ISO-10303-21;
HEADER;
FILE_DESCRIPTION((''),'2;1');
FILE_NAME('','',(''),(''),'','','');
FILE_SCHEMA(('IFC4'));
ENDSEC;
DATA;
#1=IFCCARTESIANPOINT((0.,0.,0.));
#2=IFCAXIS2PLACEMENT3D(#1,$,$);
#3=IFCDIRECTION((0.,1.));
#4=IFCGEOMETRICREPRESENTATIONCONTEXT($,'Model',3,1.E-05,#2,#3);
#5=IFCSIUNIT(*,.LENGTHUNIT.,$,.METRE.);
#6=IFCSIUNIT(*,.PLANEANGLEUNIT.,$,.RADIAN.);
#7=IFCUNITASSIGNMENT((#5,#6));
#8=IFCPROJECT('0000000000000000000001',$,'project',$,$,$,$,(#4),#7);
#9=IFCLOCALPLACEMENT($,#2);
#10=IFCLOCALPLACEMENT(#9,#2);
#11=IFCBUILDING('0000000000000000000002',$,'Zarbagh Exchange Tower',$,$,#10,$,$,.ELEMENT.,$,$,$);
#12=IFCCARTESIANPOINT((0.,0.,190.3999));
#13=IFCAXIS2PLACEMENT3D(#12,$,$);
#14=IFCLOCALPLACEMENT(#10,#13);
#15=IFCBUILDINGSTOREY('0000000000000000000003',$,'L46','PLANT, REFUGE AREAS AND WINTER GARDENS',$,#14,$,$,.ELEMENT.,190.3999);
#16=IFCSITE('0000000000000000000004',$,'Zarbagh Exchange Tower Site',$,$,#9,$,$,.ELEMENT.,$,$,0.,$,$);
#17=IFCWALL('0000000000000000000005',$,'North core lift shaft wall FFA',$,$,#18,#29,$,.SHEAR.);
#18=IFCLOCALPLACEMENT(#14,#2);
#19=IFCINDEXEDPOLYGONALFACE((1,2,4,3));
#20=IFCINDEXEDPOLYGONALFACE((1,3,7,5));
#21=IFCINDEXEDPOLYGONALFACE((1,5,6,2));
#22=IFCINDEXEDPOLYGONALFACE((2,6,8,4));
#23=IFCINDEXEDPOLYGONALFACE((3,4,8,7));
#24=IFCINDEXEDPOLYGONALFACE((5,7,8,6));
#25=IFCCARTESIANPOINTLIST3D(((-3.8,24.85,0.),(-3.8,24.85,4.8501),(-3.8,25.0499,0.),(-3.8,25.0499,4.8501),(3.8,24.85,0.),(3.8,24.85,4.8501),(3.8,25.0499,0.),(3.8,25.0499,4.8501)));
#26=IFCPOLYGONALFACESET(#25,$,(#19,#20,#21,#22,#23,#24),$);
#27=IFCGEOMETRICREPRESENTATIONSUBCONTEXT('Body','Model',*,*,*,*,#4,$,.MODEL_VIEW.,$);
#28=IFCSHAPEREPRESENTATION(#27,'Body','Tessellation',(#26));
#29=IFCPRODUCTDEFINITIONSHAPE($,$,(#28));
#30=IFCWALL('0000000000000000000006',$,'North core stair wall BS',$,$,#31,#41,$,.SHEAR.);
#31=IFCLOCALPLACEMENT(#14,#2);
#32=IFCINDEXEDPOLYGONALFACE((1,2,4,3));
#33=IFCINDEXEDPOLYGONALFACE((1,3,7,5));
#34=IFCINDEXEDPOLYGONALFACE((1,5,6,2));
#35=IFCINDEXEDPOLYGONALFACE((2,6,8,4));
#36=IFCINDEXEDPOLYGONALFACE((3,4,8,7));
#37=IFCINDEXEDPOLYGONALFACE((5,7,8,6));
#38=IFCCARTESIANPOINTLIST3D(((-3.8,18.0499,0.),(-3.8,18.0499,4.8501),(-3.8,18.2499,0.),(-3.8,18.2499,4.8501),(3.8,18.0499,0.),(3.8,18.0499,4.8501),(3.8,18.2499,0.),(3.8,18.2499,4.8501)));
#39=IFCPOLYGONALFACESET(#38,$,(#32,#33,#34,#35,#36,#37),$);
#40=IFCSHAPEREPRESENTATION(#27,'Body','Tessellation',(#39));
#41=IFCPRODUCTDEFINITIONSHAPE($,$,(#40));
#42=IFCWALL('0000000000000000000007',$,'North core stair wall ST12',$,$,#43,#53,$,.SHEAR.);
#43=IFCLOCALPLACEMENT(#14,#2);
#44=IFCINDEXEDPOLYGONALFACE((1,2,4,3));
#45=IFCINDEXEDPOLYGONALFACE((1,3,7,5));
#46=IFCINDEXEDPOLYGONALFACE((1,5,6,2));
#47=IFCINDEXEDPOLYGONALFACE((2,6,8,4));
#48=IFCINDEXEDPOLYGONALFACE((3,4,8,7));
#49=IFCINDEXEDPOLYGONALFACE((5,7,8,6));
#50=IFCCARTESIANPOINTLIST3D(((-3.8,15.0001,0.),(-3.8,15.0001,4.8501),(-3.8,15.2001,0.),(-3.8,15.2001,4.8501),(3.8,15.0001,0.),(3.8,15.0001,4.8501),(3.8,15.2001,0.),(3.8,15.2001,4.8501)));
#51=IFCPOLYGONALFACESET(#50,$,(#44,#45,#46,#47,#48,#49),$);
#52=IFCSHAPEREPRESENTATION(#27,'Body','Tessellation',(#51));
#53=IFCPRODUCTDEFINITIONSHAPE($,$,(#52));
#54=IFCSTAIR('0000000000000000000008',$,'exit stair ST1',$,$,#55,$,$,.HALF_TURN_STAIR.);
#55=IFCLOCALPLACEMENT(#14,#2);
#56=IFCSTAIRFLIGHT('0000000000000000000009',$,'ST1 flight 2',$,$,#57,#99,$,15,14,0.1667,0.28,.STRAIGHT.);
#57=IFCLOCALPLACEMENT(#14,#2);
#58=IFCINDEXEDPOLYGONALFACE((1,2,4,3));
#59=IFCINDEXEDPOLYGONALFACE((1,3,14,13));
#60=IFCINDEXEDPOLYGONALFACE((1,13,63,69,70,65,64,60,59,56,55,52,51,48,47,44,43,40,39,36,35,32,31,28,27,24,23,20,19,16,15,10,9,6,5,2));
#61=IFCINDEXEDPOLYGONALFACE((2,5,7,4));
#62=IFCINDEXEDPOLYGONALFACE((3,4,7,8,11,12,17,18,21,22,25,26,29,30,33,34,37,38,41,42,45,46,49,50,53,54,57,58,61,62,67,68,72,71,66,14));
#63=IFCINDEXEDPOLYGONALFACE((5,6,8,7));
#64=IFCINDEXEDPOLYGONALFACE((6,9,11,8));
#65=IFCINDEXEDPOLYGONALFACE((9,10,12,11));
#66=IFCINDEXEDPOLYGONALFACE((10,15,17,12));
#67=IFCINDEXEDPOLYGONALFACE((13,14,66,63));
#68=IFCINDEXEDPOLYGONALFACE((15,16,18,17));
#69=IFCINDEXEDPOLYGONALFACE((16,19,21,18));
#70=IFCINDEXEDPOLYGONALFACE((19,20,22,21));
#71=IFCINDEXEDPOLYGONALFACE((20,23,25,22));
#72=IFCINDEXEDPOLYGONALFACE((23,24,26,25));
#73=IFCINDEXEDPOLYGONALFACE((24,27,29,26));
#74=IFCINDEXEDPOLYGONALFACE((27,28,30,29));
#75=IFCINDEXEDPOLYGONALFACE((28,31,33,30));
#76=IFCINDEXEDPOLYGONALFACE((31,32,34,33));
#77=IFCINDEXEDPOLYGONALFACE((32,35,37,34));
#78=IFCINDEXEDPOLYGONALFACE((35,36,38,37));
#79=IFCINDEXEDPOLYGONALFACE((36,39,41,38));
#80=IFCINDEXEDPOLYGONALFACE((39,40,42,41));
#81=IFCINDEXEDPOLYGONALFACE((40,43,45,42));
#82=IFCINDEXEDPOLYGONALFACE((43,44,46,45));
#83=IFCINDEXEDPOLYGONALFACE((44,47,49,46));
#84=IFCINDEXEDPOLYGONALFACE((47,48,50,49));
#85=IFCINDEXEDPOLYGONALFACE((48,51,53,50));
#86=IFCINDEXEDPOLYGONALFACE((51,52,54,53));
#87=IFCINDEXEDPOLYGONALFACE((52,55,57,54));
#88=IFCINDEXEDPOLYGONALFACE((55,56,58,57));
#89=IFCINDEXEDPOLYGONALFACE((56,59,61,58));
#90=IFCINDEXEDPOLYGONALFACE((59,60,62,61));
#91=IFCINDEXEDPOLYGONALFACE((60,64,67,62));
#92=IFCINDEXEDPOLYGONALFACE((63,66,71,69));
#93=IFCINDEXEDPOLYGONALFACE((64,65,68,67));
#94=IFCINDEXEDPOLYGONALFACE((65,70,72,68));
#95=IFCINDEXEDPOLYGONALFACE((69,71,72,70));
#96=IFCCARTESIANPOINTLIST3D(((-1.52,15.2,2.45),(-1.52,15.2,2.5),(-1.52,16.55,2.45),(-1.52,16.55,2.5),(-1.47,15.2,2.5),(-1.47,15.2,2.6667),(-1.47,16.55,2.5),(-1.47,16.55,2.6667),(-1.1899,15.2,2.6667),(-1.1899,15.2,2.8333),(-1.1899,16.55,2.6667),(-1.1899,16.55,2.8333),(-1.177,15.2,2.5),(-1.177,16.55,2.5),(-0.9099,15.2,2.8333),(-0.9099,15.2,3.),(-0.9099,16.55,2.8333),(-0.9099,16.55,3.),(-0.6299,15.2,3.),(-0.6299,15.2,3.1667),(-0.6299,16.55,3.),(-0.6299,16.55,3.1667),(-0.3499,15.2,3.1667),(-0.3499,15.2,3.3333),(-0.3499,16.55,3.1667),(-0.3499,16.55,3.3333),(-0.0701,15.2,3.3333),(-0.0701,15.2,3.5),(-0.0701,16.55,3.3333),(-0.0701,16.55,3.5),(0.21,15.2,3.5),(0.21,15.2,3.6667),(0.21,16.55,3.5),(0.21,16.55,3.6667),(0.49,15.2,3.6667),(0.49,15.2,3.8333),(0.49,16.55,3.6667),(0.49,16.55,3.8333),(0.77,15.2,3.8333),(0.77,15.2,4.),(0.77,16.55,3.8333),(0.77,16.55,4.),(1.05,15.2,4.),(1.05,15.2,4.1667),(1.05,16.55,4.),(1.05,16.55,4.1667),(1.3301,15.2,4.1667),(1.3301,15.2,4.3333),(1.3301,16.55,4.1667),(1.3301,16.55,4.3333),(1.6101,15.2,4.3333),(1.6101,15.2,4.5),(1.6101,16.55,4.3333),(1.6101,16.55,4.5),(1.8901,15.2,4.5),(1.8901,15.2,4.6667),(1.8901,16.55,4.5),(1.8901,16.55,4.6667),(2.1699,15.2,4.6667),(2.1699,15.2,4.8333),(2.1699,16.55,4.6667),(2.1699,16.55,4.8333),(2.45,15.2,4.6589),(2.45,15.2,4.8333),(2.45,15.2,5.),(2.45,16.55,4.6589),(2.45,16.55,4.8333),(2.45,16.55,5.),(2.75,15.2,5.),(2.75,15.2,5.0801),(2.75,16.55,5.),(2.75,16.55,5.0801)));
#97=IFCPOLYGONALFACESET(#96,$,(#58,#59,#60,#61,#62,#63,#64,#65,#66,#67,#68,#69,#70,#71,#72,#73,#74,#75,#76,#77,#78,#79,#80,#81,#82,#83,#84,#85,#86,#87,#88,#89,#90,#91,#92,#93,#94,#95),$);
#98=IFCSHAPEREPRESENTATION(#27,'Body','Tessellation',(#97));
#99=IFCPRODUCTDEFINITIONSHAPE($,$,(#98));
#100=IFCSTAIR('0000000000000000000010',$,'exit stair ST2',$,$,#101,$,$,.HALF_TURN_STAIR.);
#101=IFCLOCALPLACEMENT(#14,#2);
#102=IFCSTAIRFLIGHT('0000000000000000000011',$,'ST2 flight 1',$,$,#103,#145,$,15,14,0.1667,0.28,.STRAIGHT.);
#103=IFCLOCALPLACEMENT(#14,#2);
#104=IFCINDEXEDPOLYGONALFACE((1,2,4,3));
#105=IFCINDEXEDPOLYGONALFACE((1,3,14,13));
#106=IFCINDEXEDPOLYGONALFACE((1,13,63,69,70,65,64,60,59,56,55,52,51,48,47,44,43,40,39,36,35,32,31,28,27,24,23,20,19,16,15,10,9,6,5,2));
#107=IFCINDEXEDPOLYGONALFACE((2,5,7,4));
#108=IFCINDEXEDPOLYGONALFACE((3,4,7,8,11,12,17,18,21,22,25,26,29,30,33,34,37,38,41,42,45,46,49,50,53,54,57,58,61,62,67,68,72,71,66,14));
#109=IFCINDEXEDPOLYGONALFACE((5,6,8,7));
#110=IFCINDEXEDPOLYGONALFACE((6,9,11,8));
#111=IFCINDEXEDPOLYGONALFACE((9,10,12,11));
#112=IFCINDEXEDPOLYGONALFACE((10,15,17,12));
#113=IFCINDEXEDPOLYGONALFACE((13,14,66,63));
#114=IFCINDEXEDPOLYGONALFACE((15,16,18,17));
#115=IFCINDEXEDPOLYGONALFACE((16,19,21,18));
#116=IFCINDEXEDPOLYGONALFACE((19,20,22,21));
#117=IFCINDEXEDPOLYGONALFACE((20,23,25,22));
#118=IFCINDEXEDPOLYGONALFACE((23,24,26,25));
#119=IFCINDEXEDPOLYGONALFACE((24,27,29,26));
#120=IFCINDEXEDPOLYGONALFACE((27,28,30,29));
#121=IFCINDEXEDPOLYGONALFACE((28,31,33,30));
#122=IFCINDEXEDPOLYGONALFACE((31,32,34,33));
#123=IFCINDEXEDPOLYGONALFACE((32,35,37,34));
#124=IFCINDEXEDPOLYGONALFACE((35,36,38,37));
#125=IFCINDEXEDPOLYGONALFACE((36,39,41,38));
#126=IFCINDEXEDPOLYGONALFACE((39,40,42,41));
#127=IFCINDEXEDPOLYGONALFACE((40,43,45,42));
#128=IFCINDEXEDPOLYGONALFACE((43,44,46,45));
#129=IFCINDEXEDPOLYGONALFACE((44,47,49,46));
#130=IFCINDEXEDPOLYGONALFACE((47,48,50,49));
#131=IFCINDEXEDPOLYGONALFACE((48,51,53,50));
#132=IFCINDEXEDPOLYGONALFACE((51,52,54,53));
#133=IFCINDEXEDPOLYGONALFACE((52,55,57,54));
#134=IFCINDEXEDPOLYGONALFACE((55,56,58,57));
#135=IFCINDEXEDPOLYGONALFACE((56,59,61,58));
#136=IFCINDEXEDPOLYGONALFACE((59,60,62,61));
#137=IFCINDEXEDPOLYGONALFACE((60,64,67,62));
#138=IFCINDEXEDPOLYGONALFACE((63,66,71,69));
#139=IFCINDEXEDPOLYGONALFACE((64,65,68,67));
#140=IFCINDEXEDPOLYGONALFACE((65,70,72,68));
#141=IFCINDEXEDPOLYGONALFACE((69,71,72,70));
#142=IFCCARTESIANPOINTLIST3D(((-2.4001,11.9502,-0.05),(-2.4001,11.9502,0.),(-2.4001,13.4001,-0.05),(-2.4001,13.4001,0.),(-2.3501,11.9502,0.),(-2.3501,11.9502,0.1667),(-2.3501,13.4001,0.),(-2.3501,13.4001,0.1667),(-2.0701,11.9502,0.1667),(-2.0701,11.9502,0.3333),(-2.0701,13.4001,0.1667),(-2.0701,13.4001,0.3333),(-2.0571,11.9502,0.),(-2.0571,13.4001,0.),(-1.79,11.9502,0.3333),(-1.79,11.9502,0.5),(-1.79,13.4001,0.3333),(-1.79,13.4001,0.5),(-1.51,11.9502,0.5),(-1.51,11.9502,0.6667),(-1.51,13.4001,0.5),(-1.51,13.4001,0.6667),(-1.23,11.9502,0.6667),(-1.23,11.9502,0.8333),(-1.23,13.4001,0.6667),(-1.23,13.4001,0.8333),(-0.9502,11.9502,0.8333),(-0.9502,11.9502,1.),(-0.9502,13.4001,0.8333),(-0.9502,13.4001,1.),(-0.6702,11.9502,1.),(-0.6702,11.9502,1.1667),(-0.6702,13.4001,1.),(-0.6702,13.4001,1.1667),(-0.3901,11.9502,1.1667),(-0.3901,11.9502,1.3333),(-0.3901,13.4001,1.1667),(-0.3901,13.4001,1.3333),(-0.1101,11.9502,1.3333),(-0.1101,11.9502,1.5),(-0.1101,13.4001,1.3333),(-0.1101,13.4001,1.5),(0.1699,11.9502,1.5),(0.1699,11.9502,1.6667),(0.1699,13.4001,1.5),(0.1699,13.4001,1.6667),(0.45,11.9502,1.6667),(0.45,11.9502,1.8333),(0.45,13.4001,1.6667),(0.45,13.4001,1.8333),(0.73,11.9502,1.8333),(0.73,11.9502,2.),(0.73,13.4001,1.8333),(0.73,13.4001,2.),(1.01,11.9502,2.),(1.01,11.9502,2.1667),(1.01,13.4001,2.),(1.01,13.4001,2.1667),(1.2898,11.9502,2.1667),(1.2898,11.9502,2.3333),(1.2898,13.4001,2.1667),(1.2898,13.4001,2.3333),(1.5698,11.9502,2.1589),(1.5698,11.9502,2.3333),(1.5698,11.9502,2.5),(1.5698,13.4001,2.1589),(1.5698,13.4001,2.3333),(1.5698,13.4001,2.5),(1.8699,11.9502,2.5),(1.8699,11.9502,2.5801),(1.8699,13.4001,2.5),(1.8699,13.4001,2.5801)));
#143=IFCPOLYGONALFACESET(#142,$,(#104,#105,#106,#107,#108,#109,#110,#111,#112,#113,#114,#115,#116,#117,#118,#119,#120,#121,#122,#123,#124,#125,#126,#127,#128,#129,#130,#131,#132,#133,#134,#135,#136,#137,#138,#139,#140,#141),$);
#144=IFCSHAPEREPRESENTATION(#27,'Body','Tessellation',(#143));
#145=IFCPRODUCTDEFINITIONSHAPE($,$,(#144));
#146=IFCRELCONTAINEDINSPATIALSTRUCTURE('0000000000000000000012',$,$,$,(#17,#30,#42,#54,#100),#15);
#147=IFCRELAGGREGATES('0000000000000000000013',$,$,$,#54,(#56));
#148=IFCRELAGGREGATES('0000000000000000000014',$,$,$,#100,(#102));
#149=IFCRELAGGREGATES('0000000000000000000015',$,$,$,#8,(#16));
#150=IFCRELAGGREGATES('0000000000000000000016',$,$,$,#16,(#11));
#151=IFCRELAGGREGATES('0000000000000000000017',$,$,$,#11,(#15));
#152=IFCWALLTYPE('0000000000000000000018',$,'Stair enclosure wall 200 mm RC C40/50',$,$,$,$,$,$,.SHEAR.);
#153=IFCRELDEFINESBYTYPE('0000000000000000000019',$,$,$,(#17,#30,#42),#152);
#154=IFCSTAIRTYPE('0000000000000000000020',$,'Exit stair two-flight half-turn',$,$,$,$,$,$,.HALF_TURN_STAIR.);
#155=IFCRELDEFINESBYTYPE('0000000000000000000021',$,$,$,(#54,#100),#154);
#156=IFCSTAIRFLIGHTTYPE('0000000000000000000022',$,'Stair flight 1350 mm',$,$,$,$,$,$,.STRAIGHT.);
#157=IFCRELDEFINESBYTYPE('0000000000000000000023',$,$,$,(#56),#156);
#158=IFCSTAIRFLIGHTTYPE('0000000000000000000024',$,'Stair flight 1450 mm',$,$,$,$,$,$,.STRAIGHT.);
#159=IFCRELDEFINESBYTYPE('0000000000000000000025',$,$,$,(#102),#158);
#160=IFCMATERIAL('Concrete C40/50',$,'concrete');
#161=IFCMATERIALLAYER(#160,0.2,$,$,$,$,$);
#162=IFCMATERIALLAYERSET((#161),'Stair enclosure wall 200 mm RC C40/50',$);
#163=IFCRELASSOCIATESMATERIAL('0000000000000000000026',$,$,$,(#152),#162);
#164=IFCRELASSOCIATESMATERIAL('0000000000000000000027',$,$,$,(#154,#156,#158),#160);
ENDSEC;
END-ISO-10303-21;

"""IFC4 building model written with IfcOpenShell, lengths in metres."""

from ifc_helpers import new_model, si_unit, direction, frame, frame_2d, origin, place, context, subcontext, project, spatial, polyline, rectangle, outline, extrude, material, layer, layer_set, type_object, element, aggregate, save


model = new_model("IFC4")

# Units and contexts
model_context = context("Model", 3, precision=1e-05, world=origin(), true_north=direction((0.0, 1.0)))
body_context = subcontext(model_context, "Body", "Model", "MODEL_VIEW")
ifc_project = project(units=[si_unit("LENGTHUNIT", "METRE"), si_unit("PLANEANGLEUNIT", "RADIAN")], contexts=[model_context])

# Site, building, storey
site_placement = place(None, origin())
site = spatial("IfcSite", under=ifc_project, at=site_placement, Name="Zarbagh Exchange Tower Site", CompositionType="ELEMENT", RefElevation=0.0)
building_placement = place(site_placement, origin())
building = spatial("IfcBuilding", under=site, at=building_placement, Name="Zarbagh Exchange Tower", CompositionType="ELEMENT")
storey_placement = place(building_placement, frame((0.0, 0.0, 190.3999)))
storey = spatial("IfcBuildingStorey", under=building, at=storey_placement, Name="L46", Description="PLANT, REFUGE AREAS AND WINTER GARDENS", CompositionType="ELEMENT", Elevation=190.3999)

# Walls
ifc_material_1 = material(Name="Concrete C40/50", Category="concrete")
ifc_layer_1 = layer(ifc_material_1, 0.2)
ifc_layer_set_1 = layer_set([ifc_layer_1], Name="Stair enclosure wall 200 mm RC C40/50")
wall_type_1 = type_object("IfcWallType", Name="Stair enclosure wall 200 mm RC C40/50", PredefinedType="SHEAR", material=ifc_layer_set_1)
for number, where, z_axis, x_axis, name in (
    (1, (-3.8, 24.95, 0.0), (0.0, 0.0, 1.0), (1.0, 0.0, 0.0), "North core lift shaft wall FFA"),
    (2, (-3.8, 18.1499, 0.0), (0.0, 0.0, 1.0), (1.0, 0.0, 0.0), "North core stair wall BS"),
    (3, (-3.8, 15.1001, 0.0), (0.0, 0.0, 1.0), (1.0, 0.0, 0.0), "North core stair wall ST12"),
):
    element("IfcWall", number, at=place(storey_placement, frame(where, z_axis=z_axis, x_axis=x_axis)), inside=storey, type_object=wall_type_1, Name=name, PredefinedType="SHEAR", context=body_context, shape_type="SweptSolid", body=[
        extrude(rectangle(XDim=7.6001, YDim=0.2, at=frame_2d((3.8, 0.0))), origin(), (0.0, 0.0, 1.0), 4.8501),
    ])

# Stairs, stair flights
stair_type = type_object("IfcStairType", Name="Exit stair two-flight half-turn", PredefinedType="HALF_TURN_STAIR", material=ifc_material_1)
stair_1_placement = place(storey_placement, origin())
stair_1 = element("IfcStair", 4, at=stair_1_placement, inside=storey, type_object=stair_type, Name="exit stair ST1", PredefinedType="HALF_TURN_STAIR")
stair_flight_type_1 = type_object("IfcStairFlightType", Name="Stair flight 1350 mm", PredefinedType="STRAIGHT", material=ifc_material_1)
stair_flight_1_placement = place(storey_placement, frame((-1.47, 15.875, 2.5), z_axis=(0.0, 0.0, 1.0), x_axis=(1.0, 0.0, 0.0)))
stair_flight_1 = element("IfcStairFlight", 5, at=stair_flight_1_placement, type_object=stair_flight_type_1, Name="ST1 flight 2", NumberOfRisers=15, NumberOfTreads=14, PredefinedType="STRAIGHT", RiserHeight=0.1667, TreadLength=0.28, context=body_context, shape_type="SweptSolid", body=[
    extrude(outline(polyline([(-0.05, -0.05), (-0.05, 0.0), (0.0, 0.0), (0.0, 0.1667), (0.28, 0.1667), (0.28, 0.3333), (0.5601, 0.3333), (0.5601, 0.5), (0.8401, 0.5), (0.8401, 0.6667), (1.1201, 0.6667), (1.1201, 0.8333), (1.3999, 0.8333), (1.3999, 1.0), (1.6799, 1.0), (1.6799, 1.1667), (1.96, 1.1667), (1.96, 1.3333), (2.24, 1.3333), (2.24, 1.5), (2.52, 1.5), (2.52, 1.6667), (2.8, 1.6667), (2.8, 1.8333), (3.0801, 1.8333), (3.0801, 2.0), (3.3601, 2.0), (3.3601, 2.1667), (3.6399, 2.1667), (3.6399, 2.3333), (3.9199, 2.3333), (3.9199, 2.5), (4.22, 2.5801), (4.22, 2.5), (3.9199, 2.1589), (0.293, 0.0), (-0.05, -0.05)])), frame((0.0, 0.675, 0.0), z_axis=(0.0, -1.0, 0.0), x_axis=(1.0, 0.0, 0.0)), (0.0, 0.0, 1.0), 1.3501),
])
aggregate(stair_1, [stair_flight_1])
stair_2_placement = place(storey_placement, origin())
stair_2 = element("IfcStair", 6, at=stair_2_placement, inside=storey, type_object=stair_type, Name="exit stair ST2", PredefinedType="HALF_TURN_STAIR")
stair_flight_type_2 = type_object("IfcStairFlightType", Name="Stair flight 1450 mm", PredefinedType="STRAIGHT", material=ifc_material_1)
stair_flight_2_placement = place(storey_placement, frame((-2.3501, 12.675, 0.0), z_axis=(0.0, 0.0, 1.0), x_axis=(1.0, 0.0, 0.0)))
stair_flight_2 = element("IfcStairFlight", 7, at=stair_flight_2_placement, type_object=stair_flight_type_2, Name="ST2 flight 1", NumberOfRisers=15, NumberOfTreads=14, PredefinedType="STRAIGHT", RiserHeight=0.1667, TreadLength=0.28, context=body_context, shape_type="SweptSolid", body=[
    extrude(outline(polyline([(-0.05, -0.05), (-0.05, 0.0), (0.0, 0.0), (0.0, 0.1667), (0.28, 0.1667), (0.28, 0.3333), (0.5601, 0.3333), (0.5601, 0.5), (0.8401, 0.5), (0.8401, 0.6667), (1.1201, 0.6667), (1.1201, 0.8333), (1.3999, 0.8333), (1.3999, 1.0), (1.6799, 1.0), (1.6799, 1.1667), (1.96, 1.1667), (1.96, 1.3333), (2.24, 1.3333), (2.24, 1.5), (2.52, 1.5), (2.52, 1.6667), (2.8, 1.6667), (2.8, 1.8333), (3.0801, 1.8333), (3.0801, 2.0), (3.3601, 2.0), (3.3601, 2.1667), (3.6399, 2.1667), (3.6399, 2.3333), (3.9199, 2.3333), (3.9199, 2.5), (4.22, 2.5801), (4.22, 2.5), (3.9199, 2.1589), (0.293, 0.0), (-0.05, -0.05)])), frame((0.0, 0.7251, 0.0), z_axis=(0.0, -1.0, 0.0), x_axis=(1.0, 0.0, 0.0)), (0.0, 0.0, 1.0), 1.45),
])
aggregate(stair_2, [stair_flight_2])

save(model, "model.ifc")
